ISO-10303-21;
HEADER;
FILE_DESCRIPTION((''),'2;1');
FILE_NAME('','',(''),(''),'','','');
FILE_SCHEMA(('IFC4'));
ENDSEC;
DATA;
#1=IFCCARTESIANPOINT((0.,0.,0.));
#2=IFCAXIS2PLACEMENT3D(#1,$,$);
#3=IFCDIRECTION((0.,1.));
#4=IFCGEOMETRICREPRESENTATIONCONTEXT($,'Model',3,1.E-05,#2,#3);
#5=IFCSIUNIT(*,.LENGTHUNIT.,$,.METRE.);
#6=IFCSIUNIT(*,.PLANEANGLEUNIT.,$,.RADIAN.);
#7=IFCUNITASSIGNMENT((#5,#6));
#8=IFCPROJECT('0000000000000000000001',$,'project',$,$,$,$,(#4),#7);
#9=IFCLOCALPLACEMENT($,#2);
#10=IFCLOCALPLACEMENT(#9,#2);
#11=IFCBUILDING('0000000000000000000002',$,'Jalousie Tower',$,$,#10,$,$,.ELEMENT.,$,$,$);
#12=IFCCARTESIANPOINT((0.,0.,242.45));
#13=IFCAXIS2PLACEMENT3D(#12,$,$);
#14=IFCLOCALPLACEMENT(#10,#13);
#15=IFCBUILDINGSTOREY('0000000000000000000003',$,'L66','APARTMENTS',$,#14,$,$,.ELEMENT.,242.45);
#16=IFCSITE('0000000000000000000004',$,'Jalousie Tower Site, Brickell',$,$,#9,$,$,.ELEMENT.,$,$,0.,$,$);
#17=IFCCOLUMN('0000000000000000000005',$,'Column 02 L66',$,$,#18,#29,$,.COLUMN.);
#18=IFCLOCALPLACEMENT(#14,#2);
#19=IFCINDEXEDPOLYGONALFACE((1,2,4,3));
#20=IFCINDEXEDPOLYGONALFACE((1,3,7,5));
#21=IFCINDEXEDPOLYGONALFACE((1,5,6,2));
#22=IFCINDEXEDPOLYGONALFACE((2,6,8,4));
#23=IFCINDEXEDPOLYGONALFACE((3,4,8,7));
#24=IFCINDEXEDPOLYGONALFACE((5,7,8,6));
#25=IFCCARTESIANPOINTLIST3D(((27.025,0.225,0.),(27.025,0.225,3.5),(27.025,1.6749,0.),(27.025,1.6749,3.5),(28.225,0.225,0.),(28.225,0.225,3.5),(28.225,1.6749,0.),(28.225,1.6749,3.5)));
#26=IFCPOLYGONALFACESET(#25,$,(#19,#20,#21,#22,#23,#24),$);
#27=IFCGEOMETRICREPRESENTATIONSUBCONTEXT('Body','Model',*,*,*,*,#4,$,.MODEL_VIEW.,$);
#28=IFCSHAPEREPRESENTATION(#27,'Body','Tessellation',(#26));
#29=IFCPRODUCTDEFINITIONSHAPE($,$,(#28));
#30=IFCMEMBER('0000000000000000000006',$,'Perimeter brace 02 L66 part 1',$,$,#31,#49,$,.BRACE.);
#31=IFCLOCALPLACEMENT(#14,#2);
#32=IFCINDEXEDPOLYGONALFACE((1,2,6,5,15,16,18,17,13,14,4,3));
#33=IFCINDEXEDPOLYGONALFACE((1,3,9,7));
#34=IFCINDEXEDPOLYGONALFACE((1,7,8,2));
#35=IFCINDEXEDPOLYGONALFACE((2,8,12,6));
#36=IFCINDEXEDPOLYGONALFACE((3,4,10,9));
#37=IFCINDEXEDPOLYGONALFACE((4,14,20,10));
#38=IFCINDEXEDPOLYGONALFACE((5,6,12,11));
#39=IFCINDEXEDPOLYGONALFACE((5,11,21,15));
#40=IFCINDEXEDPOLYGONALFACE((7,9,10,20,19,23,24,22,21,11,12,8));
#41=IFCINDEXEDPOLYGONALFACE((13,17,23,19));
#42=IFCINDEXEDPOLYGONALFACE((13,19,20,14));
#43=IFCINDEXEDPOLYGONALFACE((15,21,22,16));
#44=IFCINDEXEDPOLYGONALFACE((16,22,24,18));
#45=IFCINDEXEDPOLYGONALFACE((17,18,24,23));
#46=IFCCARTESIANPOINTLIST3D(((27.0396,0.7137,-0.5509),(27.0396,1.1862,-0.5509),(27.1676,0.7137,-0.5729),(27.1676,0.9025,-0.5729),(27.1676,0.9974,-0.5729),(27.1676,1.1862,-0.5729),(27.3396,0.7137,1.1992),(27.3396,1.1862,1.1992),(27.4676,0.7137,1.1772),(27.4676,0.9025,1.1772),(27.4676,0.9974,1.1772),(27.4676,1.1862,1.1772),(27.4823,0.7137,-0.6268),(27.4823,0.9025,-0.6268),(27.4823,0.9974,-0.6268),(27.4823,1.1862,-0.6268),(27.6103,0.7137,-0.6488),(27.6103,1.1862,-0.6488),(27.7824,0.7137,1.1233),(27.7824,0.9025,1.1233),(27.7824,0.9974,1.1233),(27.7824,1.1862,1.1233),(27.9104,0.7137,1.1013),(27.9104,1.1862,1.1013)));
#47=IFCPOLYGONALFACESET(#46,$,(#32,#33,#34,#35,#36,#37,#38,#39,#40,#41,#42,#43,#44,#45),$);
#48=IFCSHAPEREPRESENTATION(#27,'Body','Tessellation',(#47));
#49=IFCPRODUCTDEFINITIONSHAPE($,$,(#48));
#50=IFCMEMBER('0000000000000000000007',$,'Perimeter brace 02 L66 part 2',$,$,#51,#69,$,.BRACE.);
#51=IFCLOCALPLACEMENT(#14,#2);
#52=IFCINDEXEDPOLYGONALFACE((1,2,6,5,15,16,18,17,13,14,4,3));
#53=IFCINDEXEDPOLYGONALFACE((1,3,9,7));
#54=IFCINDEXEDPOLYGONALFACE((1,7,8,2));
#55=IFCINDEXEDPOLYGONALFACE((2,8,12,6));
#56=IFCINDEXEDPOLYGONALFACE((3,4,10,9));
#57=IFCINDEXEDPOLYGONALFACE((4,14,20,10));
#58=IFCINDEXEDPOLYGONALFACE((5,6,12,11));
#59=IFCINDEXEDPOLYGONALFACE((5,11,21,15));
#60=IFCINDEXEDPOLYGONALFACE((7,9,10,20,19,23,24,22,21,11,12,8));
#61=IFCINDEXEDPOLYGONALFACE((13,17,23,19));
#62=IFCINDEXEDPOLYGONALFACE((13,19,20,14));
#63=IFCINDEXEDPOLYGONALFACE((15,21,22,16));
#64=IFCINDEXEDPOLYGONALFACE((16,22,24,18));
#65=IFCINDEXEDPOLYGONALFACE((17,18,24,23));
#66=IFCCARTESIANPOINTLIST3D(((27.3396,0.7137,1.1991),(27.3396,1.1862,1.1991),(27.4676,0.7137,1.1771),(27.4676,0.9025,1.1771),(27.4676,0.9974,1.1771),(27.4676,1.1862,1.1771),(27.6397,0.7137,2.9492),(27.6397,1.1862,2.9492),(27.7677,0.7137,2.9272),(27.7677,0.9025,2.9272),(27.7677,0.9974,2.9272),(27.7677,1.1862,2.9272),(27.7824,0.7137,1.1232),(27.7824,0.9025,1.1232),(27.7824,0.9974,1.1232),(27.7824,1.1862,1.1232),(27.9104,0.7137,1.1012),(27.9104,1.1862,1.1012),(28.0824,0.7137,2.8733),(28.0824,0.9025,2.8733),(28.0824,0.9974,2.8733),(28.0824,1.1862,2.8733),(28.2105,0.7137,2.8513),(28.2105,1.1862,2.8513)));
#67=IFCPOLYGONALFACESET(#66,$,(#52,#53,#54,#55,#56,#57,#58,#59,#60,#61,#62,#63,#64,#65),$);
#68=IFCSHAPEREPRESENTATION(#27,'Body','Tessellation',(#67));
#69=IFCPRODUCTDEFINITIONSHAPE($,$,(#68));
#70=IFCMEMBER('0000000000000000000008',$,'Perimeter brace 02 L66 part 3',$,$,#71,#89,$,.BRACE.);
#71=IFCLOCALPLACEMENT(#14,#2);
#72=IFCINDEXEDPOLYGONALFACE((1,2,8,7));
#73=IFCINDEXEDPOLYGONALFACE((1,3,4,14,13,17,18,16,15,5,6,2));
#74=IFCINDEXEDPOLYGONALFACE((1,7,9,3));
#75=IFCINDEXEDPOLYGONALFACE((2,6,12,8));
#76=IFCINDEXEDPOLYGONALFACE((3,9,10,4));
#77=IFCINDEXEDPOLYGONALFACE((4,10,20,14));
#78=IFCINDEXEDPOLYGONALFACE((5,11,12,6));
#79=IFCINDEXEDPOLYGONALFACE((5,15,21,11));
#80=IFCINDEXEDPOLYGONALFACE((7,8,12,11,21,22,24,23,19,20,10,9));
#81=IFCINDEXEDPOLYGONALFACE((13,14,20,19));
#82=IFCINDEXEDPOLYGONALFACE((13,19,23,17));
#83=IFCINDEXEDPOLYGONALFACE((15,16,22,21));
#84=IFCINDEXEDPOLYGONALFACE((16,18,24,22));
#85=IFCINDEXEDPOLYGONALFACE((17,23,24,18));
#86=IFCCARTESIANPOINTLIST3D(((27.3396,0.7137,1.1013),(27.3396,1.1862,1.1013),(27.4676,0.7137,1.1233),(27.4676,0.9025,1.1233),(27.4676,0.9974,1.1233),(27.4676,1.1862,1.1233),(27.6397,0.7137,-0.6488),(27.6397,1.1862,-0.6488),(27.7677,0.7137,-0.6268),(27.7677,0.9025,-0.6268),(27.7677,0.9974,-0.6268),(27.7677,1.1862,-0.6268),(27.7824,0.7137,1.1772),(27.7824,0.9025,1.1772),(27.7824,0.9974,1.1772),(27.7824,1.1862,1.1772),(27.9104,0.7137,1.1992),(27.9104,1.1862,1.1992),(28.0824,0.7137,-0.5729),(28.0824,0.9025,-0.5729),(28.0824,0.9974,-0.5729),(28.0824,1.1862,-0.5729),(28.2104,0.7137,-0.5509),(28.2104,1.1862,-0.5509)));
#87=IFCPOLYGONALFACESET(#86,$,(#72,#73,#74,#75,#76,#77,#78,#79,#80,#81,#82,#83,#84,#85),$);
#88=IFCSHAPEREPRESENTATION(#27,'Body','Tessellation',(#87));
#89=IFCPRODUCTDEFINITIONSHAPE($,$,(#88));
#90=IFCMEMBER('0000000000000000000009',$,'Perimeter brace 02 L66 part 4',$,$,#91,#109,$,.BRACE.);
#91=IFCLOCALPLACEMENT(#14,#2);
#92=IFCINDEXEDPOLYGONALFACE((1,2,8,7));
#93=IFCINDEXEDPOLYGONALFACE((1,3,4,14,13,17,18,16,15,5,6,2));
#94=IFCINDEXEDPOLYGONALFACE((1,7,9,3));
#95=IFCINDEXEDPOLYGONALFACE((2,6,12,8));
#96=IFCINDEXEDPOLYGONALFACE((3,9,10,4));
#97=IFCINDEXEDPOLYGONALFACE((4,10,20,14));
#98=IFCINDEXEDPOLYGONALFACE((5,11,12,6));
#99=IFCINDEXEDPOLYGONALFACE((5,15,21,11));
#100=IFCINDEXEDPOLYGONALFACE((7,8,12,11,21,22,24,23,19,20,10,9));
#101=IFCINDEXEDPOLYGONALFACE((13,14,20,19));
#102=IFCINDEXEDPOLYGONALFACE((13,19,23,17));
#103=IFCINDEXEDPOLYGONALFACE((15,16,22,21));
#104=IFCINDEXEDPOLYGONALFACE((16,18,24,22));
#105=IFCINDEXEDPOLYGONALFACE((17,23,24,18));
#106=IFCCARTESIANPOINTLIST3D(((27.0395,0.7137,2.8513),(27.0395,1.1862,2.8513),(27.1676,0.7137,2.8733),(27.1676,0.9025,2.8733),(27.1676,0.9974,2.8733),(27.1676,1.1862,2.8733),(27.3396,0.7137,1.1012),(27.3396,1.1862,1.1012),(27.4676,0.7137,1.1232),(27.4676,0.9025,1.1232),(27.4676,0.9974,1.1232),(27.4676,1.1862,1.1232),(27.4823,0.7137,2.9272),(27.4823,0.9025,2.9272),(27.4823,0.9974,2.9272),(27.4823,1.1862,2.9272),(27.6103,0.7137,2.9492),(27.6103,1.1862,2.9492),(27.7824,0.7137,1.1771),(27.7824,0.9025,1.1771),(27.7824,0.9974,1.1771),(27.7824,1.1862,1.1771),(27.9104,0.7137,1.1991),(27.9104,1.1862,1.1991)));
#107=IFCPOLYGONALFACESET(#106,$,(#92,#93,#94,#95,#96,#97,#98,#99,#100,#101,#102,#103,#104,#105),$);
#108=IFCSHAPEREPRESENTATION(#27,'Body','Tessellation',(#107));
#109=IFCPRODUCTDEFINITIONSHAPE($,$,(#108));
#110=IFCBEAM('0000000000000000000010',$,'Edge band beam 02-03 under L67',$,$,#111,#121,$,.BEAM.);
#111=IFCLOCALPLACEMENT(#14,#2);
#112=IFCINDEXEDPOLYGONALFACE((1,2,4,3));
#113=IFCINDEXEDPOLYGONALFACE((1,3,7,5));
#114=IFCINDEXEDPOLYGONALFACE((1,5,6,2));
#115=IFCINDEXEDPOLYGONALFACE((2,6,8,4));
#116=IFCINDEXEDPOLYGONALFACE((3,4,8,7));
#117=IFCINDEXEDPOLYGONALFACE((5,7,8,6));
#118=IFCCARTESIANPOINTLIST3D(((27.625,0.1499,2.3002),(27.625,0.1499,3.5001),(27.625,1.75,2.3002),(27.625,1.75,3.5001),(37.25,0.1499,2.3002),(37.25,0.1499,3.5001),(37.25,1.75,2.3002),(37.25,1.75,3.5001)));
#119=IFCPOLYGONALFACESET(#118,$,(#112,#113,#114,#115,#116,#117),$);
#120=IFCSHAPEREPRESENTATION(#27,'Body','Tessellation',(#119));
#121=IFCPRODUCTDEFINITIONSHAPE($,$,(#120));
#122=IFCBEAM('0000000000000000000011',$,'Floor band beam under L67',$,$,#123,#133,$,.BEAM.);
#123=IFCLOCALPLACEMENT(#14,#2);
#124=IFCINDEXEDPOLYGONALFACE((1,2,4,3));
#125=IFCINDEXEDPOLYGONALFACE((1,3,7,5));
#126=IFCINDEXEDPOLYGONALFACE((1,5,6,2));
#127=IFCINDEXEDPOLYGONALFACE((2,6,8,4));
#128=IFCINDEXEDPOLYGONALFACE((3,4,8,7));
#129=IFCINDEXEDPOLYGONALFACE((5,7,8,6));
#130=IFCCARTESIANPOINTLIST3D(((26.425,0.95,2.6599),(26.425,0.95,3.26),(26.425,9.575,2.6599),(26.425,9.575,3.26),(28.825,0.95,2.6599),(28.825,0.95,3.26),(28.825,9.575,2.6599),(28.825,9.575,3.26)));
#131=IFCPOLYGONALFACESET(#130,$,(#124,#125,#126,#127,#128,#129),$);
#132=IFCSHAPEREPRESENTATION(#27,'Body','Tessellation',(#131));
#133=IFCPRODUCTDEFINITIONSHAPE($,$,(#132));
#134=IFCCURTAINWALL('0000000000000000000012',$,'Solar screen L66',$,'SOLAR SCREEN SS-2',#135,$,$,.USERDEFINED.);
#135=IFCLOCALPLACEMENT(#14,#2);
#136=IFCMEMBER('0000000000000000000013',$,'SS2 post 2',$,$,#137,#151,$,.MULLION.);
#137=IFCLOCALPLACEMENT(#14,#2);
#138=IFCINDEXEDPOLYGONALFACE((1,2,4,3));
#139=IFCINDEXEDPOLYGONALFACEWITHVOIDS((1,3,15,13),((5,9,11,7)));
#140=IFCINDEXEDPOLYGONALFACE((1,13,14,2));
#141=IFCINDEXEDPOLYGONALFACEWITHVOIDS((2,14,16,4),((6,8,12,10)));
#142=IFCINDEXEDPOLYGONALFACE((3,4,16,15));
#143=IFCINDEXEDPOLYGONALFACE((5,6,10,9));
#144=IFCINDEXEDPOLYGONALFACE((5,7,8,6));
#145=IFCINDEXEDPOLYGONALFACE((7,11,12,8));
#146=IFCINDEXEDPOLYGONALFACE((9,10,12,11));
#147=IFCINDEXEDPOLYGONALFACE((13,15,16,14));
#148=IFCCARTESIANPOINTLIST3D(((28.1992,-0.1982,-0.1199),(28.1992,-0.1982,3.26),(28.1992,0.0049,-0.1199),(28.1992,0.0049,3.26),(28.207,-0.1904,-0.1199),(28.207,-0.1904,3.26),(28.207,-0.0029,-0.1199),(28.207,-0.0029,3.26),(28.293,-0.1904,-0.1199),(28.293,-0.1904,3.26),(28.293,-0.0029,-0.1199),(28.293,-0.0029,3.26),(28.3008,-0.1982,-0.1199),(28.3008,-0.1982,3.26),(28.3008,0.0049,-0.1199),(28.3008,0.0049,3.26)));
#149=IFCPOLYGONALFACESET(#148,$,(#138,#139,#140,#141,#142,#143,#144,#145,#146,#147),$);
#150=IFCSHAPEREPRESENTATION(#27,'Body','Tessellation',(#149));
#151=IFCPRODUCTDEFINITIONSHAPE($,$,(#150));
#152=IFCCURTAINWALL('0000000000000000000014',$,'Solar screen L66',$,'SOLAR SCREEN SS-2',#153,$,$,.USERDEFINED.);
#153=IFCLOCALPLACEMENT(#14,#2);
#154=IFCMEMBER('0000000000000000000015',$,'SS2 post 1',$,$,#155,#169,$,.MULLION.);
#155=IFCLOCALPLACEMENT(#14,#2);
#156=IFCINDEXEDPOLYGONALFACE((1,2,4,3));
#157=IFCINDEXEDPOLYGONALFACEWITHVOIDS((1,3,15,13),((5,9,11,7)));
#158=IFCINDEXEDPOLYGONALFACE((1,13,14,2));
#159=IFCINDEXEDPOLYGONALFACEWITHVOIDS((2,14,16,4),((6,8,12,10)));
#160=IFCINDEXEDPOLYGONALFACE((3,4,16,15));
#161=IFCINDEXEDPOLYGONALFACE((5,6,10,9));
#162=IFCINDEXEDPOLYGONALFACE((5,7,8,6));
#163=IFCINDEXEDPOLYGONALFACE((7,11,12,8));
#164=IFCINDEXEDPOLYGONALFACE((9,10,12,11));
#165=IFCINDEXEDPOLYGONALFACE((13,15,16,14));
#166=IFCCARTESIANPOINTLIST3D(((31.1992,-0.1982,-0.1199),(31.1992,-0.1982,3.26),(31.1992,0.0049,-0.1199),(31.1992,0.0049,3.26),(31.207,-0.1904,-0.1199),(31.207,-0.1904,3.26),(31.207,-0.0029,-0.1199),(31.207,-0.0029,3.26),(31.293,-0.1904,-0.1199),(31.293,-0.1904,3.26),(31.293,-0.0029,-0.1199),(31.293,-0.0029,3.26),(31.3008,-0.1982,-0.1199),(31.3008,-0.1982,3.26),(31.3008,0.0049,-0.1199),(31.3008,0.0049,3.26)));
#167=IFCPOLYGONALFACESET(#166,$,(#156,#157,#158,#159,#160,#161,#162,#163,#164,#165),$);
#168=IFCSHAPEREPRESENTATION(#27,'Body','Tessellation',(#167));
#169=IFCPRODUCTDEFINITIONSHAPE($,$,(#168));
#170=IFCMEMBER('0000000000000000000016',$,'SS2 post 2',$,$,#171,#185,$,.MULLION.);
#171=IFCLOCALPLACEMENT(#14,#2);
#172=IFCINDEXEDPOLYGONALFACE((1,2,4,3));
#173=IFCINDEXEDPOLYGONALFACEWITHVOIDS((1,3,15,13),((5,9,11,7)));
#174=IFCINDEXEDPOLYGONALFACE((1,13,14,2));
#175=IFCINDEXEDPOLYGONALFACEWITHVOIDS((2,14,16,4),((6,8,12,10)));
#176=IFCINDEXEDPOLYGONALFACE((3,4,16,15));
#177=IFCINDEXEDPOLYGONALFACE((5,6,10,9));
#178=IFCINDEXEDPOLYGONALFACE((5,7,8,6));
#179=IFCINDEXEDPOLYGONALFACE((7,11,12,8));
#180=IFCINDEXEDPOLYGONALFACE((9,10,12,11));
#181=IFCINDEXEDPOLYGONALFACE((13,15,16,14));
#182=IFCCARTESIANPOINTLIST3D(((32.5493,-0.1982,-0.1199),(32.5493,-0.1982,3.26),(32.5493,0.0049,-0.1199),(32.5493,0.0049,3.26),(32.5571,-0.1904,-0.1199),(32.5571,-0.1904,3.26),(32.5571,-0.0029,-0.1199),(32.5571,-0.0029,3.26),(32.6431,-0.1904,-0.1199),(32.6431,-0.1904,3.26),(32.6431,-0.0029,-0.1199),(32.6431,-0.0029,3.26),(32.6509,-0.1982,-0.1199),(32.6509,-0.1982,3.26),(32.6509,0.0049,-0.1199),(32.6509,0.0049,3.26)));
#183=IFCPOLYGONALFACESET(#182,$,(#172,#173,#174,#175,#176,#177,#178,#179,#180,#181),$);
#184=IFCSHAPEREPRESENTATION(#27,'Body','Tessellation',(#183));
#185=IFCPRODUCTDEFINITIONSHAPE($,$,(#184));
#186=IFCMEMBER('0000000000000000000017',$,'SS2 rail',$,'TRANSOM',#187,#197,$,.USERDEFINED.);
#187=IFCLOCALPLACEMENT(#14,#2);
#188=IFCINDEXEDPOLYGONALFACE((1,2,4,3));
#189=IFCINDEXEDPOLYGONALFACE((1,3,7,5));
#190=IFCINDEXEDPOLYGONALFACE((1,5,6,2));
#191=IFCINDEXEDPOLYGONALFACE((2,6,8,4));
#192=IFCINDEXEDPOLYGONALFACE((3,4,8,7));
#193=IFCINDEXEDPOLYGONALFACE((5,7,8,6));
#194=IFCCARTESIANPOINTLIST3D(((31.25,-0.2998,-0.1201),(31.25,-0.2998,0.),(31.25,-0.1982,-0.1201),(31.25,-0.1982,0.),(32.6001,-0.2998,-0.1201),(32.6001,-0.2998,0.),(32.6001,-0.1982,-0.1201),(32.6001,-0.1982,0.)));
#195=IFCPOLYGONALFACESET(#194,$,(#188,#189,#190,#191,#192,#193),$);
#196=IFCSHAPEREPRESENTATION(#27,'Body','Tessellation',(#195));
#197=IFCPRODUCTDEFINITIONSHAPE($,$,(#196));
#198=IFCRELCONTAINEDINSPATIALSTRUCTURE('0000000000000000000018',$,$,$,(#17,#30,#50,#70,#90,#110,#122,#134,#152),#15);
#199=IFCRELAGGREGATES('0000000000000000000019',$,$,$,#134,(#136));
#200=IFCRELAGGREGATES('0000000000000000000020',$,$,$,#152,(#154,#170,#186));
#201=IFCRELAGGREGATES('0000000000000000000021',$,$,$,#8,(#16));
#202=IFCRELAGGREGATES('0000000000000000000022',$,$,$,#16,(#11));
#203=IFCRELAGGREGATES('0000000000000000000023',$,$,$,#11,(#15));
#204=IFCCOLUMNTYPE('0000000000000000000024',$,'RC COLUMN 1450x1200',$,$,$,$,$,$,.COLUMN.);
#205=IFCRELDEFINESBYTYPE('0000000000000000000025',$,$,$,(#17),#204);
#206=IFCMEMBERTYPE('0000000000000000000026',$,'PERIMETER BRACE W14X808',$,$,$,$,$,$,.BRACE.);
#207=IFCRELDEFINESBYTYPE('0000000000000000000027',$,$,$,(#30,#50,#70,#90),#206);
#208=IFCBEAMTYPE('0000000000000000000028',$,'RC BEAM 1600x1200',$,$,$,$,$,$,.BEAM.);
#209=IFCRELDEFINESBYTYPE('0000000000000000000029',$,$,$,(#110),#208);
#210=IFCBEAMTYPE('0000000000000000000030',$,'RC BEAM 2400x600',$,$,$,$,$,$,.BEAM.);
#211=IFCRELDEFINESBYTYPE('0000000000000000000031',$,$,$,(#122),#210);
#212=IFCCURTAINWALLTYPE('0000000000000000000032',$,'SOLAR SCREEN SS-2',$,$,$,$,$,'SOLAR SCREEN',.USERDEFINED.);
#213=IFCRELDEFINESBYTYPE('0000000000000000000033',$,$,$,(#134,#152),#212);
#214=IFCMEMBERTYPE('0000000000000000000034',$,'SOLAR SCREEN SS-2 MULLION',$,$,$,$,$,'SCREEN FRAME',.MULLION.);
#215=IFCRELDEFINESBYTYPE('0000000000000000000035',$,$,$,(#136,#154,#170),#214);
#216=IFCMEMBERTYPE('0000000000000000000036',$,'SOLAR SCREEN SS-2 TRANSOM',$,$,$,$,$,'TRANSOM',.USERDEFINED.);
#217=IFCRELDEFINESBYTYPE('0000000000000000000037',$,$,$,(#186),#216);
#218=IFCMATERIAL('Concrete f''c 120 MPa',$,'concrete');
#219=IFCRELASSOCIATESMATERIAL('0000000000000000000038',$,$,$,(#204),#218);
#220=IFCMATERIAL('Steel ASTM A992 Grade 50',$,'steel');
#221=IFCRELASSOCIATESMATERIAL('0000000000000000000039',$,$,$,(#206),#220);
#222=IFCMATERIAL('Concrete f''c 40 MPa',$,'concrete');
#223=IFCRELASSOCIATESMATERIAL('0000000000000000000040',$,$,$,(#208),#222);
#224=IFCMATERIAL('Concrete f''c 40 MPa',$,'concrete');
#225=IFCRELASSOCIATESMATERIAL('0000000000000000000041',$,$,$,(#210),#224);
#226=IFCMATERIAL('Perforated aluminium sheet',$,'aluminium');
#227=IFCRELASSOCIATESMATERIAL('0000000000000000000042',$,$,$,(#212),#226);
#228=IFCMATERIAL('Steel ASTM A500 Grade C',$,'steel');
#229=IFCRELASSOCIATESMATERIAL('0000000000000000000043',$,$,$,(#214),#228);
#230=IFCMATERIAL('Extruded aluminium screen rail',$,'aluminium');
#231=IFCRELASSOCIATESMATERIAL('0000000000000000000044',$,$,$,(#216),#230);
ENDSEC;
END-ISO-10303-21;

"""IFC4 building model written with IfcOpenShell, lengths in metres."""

from ifc_helpers import new_model, si_unit, direction, frame, origin, origin_2d, place, context, subcontext, project, spatial, rectangle, hollow_rectangle, i_section, extrude, material, material_profile, profile_set, type_object, element, aggregate, save


model = new_model("IFC4")

# Units and contexts
model_context = context("Model", 3, precision=1e-05, world=origin(), true_north=direction((0.0, 1.0)))
body_context = subcontext(model_context, "Body", "Model", "MODEL_VIEW")
ifc_project = project(units=[si_unit("LENGTHUNIT", "METRE"), si_unit("PLANEANGLEUNIT", "RADIAN")], contexts=[model_context])

# Site, building, storey
site_placement = place(None, origin())
site = spatial("IfcSite", under=ifc_project, at=site_placement, Name="Jalousie Tower Site, Brickell", CompositionType="ELEMENT", RefElevation=0.0)
building_placement = place(site_placement, origin())
building = spatial("IfcBuilding", under=site, at=building_placement, Name="Jalousie Tower", CompositionType="ELEMENT")
storey_placement = place(building_placement, frame((0.0, 0.0, 242.45)))
storey = spatial("IfcBuildingStorey", under=building, at=storey_placement, Name="L66", Description="APARTMENTS", CompositionType="ELEMENT", Elevation=242.45)

# Column
ifc_material_1 = material(Name="Concrete f'c 120 MPa", Category="concrete")
ifc_material_profile_1 = material_profile(ifc_material_1, rectangle(XDim=1.45, YDim=1.2, at=origin_2d()), Name="RC 1450x1200")
ifc_profile_set_1 = profile_set([ifc_material_profile_1], Name="Concrete f'c 120 MPa")
column_type = type_object("IfcColumnType", Name="RC COLUMN 1450x1200", PredefinedType="COLUMN", material=ifc_profile_set_1)
column_placement = place(storey_placement, frame((27.625, 0.95, 0.0), z_axis=(0.0, 0.0, 1.0), x_axis=(0.0, 1.0, 0.0)))
element("IfcColumn", 1, at=column_placement, inside=storey, type_object=column_type, Name="Column 02 L66", PredefinedType="COLUMN", context=body_context, shape_type="SweptSolid", body=[
    extrude(rectangle(XDim=1.45, YDim=1.2, at=origin_2d()), origin(), (0.0, 0.0, 1.0), 3.5),
])

# Members
ifc_material_2 = material(Name="Steel ASTM A992 Grade 50", Category="steel")
ifc_material_profile_2 = material_profile(ifc_material_2, i_section(OverallWidth=0.4724, OverallDepth=0.5791, WebThickness=0.095, FlangeThickness=0.1299, at=origin_2d()), Name="W14X808")
ifc_profile_set_2 = profile_set([ifc_material_profile_2], Name="Steel ASTM A992 Grade 50")
member_type_1 = type_object("IfcMemberType", Name="PERIMETER BRACE W14X808", PredefinedType="BRACE", material=ifc_profile_set_2)
for number, where, z_axis, x_axis, name in (
    (2, (27.325, 0.95, -0.5999), (0.168991, 0.0, 0.985618), (0.0, 1.0, 0.0), "Perimeter brace 02 L66 part 1"),
    (3, (27.625, 0.95, 1.1501), (0.168991, 0.0, 0.985618), (0.0, 1.0, 0.0), "Perimeter brace 02 L66 part 2"),
    (4, (27.925, 0.95, -0.5999), (-0.168991, 0.0, 0.985618), (0.0, -1.0, 0.0), "Perimeter brace 02 L66 part 3"),
    (5, (27.625, 0.95, 1.1501), (-0.168991, 0.0, 0.985618), (0.0, -1.0, 0.0), "Perimeter brace 02 L66 part 4"),
):
    element("IfcMember", number, at=place(storey_placement, frame(where, z_axis=z_axis, x_axis=x_axis)), inside=storey, type_object=member_type_1, Name=name, PredefinedType="BRACE", context=body_context, shape_type="SweptSolid", body=[
        extrude(i_section(OverallWidth=0.4724, OverallDepth=0.5791, WebThickness=0.095, FlangeThickness=0.1299, at=origin_2d()), origin(), (0.0, 0.0, 1.0), 1.7756),
    ])

# Beams
ifc_material_3 = material(Name="Concrete f'c 40 MPa", Category="concrete")
ifc_material_profile_3 = material_profile(ifc_material_3, rectangle(XDim=1.6001, YDim=1.2, at=origin_2d()), Name="RC 1600x1200")
ifc_profile_set_3 = profile_set([ifc_material_profile_3], Name="Concrete f'c 40 MPa")
beam_type_1 = type_object("IfcBeamType", Name="RC BEAM 1600x1200", PredefinedType="BEAM", material=ifc_profile_set_3)
beam_1_placement = place(storey_placement, frame((27.625, 0.95, 2.9001), z_axis=(1.0, 0.0, 0.0), x_axis=(0.0, 1.0, 0.0)))
element("IfcBeam", 6, at=beam_1_placement, inside=storey, type_object=beam_type_1, Name="Edge band beam 02-03 under L67", PredefinedType="BEAM", context=body_context, shape_type="SweptSolid", body=[
    extrude(rectangle(XDim=1.6001, YDim=1.2, at=origin_2d()), origin(), (0.0, 0.0, 1.0), 9.625),
])
ifc_material_4 = material(Name="Concrete f'c 40 MPa", Category="concrete")
ifc_material_profile_4 = material_profile(ifc_material_4, rectangle(XDim=2.3999, YDim=0.6001, at=origin_2d()), Name="RC 2400x600")
ifc_profile_set_4 = profile_set([ifc_material_profile_4], Name="Concrete f'c 40 MPa")
beam_type_2 = type_object("IfcBeamType", Name="RC BEAM 2400x600", PredefinedType="BEAM", material=ifc_profile_set_4)
beam_2_placement = place(storey_placement, frame((27.625, 0.95, 2.96), z_axis=(0.0, 1.0, 0.0), x_axis=(-1.0, 0.0, 0.0)))
element("IfcBeam", 7, at=beam_2_placement, inside=storey, type_object=beam_type_2, Name="Floor band beam under L67", PredefinedType="BEAM", context=body_context, shape_type="SweptSolid", body=[
    extrude(rectangle(XDim=2.3999, YDim=0.6001, at=origin_2d()), origin(), (0.0, 0.0, 1.0), 8.625),
])

# Curtain wall, member
ifc_material_5 = material(Name="Perforated aluminium sheet", Category="aluminium")
curtain_wall_type = type_object("IfcCurtainWallType", Name="SOLAR SCREEN SS-2", ElementType="SOLAR SCREEN", PredefinedType="USERDEFINED", material=ifc_material_5)
curtain_wall_1_placement = place(storey_placement, origin())
curtain_wall_1 = element("IfcCurtainWall", 8, at=curtain_wall_1_placement, inside=storey, type_object=curtain_wall_type, Name="Solar screen L66", ObjectType="SOLAR SCREEN SS-2", PredefinedType="USERDEFINED")
ifc_material_6 = material(Name="Steel ASTM A500 Grade C", Category="steel")
ifc_material_profile_5 = material_profile(ifc_material_6, hollow_rectangle(XDim=0.1016, YDim=0.2031, WallThickness=0.0078, at=origin_2d()), Name="HSS8X4X5/16")
ifc_profile_set_5 = profile_set([ifc_material_profile_5], Name="Steel ASTM A500 Grade C")
member_type_2 = type_object("IfcMemberType", Name="SOLAR SCREEN SS-2 MULLION", ElementType="SCREEN FRAME", PredefinedType="MULLION", material=ifc_profile_set_5)
member_1_placement = place(storey_placement, frame((28.25, -0.0967, -0.1199), z_axis=(0.0, 0.0, 1.0), x_axis=(1.0, 0.0, 0.0)))
member_1 = element("IfcMember", 9, at=member_1_placement, type_object=member_type_2, Name="SS2 post 2", PredefinedType="MULLION", context=body_context, shape_type="SweptSolid", body=[
    extrude(hollow_rectangle(XDim=0.1016, YDim=0.2031, WallThickness=0.0078, at=origin_2d()), origin(), (0.0, 0.0, 1.0), 3.3799),
])

# Curtain wall, members
curtain_wall_2_placement = place(storey_placement, origin())
curtain_wall_2 = element("IfcCurtainWall", 10, at=curtain_wall_2_placement, inside=storey, type_object=curtain_wall_type, Name="Solar screen L66", ObjectType="SOLAR SCREEN SS-2", PredefinedType="USERDEFINED")
member_2_placement = place(storey_placement, frame((31.25, -0.0967, -0.1199), z_axis=(0.0, 0.0, 1.0), x_axis=(1.0, 0.0, 0.0)))
member_2 = element("IfcMember", 11, at=member_2_placement, type_object=member_type_2, Name="SS2 post 1", PredefinedType="MULLION", context=body_context, shape_type="SweptSolid", body=[
    extrude(hollow_rectangle(XDim=0.1016, YDim=0.2031, WallThickness=0.0078, at=origin_2d()), origin(), (0.0, 0.0, 1.0), 3.3799),
])
member_3_placement = place(storey_placement, frame((32.6001, -0.0967, -0.1199), z_axis=(0.0, 0.0, 1.0), x_axis=(1.0, 0.0, 0.0)))
member_3 = element("IfcMember", 12, at=member_3_placement, type_object=member_type_2, Name="SS2 post 2", PredefinedType="MULLION", context=body_context, shape_type="SweptSolid", body=[
    extrude(hollow_rectangle(XDim=0.1016, YDim=0.2031, WallThickness=0.0078, at=origin_2d()), origin(), (0.0, 0.0, 1.0), 3.3799),
])
ifc_material_7 = material(Name="Extruded aluminium screen rail", Category="aluminium")
ifc_material_profile_6 = material_profile(ifc_material_7, rectangle(XDim=0.1016, YDim=0.1201, at=origin_2d()), Name="RAIL 102x120")
ifc_profile_set_6 = profile_set([ifc_material_profile_6], Name="Extruded aluminium screen rail")
member_type_3 = type_object("IfcMemberType", Name="SOLAR SCREEN SS-2 TRANSOM", ElementType="TRANSOM", PredefinedType="USERDEFINED", material=ifc_profile_set_6)
member_4_placement = place(storey_placement, frame((31.25, -0.249, -0.0601), z_axis=(1.0, 0.0, 0.0), x_axis=(0.0, 1.0, 0.0)))
member_4 = element("IfcMember", 13, at=member_4_placement, type_object=member_type_3, Name="SS2 rail", ObjectType="TRANSOM", PredefinedType="USERDEFINED", context=body_context, shape_type="SweptSolid", body=[
    extrude(rectangle(XDim=0.1016, YDim=0.1201, at=origin_2d()), origin(), (0.0, 0.0, 1.0), 1.3501),
])

aggregate(curtain_wall_1, [member_1])
aggregate(curtain_wall_2, [member_2, member_3, member_4])

save(model, "model.ifc")
